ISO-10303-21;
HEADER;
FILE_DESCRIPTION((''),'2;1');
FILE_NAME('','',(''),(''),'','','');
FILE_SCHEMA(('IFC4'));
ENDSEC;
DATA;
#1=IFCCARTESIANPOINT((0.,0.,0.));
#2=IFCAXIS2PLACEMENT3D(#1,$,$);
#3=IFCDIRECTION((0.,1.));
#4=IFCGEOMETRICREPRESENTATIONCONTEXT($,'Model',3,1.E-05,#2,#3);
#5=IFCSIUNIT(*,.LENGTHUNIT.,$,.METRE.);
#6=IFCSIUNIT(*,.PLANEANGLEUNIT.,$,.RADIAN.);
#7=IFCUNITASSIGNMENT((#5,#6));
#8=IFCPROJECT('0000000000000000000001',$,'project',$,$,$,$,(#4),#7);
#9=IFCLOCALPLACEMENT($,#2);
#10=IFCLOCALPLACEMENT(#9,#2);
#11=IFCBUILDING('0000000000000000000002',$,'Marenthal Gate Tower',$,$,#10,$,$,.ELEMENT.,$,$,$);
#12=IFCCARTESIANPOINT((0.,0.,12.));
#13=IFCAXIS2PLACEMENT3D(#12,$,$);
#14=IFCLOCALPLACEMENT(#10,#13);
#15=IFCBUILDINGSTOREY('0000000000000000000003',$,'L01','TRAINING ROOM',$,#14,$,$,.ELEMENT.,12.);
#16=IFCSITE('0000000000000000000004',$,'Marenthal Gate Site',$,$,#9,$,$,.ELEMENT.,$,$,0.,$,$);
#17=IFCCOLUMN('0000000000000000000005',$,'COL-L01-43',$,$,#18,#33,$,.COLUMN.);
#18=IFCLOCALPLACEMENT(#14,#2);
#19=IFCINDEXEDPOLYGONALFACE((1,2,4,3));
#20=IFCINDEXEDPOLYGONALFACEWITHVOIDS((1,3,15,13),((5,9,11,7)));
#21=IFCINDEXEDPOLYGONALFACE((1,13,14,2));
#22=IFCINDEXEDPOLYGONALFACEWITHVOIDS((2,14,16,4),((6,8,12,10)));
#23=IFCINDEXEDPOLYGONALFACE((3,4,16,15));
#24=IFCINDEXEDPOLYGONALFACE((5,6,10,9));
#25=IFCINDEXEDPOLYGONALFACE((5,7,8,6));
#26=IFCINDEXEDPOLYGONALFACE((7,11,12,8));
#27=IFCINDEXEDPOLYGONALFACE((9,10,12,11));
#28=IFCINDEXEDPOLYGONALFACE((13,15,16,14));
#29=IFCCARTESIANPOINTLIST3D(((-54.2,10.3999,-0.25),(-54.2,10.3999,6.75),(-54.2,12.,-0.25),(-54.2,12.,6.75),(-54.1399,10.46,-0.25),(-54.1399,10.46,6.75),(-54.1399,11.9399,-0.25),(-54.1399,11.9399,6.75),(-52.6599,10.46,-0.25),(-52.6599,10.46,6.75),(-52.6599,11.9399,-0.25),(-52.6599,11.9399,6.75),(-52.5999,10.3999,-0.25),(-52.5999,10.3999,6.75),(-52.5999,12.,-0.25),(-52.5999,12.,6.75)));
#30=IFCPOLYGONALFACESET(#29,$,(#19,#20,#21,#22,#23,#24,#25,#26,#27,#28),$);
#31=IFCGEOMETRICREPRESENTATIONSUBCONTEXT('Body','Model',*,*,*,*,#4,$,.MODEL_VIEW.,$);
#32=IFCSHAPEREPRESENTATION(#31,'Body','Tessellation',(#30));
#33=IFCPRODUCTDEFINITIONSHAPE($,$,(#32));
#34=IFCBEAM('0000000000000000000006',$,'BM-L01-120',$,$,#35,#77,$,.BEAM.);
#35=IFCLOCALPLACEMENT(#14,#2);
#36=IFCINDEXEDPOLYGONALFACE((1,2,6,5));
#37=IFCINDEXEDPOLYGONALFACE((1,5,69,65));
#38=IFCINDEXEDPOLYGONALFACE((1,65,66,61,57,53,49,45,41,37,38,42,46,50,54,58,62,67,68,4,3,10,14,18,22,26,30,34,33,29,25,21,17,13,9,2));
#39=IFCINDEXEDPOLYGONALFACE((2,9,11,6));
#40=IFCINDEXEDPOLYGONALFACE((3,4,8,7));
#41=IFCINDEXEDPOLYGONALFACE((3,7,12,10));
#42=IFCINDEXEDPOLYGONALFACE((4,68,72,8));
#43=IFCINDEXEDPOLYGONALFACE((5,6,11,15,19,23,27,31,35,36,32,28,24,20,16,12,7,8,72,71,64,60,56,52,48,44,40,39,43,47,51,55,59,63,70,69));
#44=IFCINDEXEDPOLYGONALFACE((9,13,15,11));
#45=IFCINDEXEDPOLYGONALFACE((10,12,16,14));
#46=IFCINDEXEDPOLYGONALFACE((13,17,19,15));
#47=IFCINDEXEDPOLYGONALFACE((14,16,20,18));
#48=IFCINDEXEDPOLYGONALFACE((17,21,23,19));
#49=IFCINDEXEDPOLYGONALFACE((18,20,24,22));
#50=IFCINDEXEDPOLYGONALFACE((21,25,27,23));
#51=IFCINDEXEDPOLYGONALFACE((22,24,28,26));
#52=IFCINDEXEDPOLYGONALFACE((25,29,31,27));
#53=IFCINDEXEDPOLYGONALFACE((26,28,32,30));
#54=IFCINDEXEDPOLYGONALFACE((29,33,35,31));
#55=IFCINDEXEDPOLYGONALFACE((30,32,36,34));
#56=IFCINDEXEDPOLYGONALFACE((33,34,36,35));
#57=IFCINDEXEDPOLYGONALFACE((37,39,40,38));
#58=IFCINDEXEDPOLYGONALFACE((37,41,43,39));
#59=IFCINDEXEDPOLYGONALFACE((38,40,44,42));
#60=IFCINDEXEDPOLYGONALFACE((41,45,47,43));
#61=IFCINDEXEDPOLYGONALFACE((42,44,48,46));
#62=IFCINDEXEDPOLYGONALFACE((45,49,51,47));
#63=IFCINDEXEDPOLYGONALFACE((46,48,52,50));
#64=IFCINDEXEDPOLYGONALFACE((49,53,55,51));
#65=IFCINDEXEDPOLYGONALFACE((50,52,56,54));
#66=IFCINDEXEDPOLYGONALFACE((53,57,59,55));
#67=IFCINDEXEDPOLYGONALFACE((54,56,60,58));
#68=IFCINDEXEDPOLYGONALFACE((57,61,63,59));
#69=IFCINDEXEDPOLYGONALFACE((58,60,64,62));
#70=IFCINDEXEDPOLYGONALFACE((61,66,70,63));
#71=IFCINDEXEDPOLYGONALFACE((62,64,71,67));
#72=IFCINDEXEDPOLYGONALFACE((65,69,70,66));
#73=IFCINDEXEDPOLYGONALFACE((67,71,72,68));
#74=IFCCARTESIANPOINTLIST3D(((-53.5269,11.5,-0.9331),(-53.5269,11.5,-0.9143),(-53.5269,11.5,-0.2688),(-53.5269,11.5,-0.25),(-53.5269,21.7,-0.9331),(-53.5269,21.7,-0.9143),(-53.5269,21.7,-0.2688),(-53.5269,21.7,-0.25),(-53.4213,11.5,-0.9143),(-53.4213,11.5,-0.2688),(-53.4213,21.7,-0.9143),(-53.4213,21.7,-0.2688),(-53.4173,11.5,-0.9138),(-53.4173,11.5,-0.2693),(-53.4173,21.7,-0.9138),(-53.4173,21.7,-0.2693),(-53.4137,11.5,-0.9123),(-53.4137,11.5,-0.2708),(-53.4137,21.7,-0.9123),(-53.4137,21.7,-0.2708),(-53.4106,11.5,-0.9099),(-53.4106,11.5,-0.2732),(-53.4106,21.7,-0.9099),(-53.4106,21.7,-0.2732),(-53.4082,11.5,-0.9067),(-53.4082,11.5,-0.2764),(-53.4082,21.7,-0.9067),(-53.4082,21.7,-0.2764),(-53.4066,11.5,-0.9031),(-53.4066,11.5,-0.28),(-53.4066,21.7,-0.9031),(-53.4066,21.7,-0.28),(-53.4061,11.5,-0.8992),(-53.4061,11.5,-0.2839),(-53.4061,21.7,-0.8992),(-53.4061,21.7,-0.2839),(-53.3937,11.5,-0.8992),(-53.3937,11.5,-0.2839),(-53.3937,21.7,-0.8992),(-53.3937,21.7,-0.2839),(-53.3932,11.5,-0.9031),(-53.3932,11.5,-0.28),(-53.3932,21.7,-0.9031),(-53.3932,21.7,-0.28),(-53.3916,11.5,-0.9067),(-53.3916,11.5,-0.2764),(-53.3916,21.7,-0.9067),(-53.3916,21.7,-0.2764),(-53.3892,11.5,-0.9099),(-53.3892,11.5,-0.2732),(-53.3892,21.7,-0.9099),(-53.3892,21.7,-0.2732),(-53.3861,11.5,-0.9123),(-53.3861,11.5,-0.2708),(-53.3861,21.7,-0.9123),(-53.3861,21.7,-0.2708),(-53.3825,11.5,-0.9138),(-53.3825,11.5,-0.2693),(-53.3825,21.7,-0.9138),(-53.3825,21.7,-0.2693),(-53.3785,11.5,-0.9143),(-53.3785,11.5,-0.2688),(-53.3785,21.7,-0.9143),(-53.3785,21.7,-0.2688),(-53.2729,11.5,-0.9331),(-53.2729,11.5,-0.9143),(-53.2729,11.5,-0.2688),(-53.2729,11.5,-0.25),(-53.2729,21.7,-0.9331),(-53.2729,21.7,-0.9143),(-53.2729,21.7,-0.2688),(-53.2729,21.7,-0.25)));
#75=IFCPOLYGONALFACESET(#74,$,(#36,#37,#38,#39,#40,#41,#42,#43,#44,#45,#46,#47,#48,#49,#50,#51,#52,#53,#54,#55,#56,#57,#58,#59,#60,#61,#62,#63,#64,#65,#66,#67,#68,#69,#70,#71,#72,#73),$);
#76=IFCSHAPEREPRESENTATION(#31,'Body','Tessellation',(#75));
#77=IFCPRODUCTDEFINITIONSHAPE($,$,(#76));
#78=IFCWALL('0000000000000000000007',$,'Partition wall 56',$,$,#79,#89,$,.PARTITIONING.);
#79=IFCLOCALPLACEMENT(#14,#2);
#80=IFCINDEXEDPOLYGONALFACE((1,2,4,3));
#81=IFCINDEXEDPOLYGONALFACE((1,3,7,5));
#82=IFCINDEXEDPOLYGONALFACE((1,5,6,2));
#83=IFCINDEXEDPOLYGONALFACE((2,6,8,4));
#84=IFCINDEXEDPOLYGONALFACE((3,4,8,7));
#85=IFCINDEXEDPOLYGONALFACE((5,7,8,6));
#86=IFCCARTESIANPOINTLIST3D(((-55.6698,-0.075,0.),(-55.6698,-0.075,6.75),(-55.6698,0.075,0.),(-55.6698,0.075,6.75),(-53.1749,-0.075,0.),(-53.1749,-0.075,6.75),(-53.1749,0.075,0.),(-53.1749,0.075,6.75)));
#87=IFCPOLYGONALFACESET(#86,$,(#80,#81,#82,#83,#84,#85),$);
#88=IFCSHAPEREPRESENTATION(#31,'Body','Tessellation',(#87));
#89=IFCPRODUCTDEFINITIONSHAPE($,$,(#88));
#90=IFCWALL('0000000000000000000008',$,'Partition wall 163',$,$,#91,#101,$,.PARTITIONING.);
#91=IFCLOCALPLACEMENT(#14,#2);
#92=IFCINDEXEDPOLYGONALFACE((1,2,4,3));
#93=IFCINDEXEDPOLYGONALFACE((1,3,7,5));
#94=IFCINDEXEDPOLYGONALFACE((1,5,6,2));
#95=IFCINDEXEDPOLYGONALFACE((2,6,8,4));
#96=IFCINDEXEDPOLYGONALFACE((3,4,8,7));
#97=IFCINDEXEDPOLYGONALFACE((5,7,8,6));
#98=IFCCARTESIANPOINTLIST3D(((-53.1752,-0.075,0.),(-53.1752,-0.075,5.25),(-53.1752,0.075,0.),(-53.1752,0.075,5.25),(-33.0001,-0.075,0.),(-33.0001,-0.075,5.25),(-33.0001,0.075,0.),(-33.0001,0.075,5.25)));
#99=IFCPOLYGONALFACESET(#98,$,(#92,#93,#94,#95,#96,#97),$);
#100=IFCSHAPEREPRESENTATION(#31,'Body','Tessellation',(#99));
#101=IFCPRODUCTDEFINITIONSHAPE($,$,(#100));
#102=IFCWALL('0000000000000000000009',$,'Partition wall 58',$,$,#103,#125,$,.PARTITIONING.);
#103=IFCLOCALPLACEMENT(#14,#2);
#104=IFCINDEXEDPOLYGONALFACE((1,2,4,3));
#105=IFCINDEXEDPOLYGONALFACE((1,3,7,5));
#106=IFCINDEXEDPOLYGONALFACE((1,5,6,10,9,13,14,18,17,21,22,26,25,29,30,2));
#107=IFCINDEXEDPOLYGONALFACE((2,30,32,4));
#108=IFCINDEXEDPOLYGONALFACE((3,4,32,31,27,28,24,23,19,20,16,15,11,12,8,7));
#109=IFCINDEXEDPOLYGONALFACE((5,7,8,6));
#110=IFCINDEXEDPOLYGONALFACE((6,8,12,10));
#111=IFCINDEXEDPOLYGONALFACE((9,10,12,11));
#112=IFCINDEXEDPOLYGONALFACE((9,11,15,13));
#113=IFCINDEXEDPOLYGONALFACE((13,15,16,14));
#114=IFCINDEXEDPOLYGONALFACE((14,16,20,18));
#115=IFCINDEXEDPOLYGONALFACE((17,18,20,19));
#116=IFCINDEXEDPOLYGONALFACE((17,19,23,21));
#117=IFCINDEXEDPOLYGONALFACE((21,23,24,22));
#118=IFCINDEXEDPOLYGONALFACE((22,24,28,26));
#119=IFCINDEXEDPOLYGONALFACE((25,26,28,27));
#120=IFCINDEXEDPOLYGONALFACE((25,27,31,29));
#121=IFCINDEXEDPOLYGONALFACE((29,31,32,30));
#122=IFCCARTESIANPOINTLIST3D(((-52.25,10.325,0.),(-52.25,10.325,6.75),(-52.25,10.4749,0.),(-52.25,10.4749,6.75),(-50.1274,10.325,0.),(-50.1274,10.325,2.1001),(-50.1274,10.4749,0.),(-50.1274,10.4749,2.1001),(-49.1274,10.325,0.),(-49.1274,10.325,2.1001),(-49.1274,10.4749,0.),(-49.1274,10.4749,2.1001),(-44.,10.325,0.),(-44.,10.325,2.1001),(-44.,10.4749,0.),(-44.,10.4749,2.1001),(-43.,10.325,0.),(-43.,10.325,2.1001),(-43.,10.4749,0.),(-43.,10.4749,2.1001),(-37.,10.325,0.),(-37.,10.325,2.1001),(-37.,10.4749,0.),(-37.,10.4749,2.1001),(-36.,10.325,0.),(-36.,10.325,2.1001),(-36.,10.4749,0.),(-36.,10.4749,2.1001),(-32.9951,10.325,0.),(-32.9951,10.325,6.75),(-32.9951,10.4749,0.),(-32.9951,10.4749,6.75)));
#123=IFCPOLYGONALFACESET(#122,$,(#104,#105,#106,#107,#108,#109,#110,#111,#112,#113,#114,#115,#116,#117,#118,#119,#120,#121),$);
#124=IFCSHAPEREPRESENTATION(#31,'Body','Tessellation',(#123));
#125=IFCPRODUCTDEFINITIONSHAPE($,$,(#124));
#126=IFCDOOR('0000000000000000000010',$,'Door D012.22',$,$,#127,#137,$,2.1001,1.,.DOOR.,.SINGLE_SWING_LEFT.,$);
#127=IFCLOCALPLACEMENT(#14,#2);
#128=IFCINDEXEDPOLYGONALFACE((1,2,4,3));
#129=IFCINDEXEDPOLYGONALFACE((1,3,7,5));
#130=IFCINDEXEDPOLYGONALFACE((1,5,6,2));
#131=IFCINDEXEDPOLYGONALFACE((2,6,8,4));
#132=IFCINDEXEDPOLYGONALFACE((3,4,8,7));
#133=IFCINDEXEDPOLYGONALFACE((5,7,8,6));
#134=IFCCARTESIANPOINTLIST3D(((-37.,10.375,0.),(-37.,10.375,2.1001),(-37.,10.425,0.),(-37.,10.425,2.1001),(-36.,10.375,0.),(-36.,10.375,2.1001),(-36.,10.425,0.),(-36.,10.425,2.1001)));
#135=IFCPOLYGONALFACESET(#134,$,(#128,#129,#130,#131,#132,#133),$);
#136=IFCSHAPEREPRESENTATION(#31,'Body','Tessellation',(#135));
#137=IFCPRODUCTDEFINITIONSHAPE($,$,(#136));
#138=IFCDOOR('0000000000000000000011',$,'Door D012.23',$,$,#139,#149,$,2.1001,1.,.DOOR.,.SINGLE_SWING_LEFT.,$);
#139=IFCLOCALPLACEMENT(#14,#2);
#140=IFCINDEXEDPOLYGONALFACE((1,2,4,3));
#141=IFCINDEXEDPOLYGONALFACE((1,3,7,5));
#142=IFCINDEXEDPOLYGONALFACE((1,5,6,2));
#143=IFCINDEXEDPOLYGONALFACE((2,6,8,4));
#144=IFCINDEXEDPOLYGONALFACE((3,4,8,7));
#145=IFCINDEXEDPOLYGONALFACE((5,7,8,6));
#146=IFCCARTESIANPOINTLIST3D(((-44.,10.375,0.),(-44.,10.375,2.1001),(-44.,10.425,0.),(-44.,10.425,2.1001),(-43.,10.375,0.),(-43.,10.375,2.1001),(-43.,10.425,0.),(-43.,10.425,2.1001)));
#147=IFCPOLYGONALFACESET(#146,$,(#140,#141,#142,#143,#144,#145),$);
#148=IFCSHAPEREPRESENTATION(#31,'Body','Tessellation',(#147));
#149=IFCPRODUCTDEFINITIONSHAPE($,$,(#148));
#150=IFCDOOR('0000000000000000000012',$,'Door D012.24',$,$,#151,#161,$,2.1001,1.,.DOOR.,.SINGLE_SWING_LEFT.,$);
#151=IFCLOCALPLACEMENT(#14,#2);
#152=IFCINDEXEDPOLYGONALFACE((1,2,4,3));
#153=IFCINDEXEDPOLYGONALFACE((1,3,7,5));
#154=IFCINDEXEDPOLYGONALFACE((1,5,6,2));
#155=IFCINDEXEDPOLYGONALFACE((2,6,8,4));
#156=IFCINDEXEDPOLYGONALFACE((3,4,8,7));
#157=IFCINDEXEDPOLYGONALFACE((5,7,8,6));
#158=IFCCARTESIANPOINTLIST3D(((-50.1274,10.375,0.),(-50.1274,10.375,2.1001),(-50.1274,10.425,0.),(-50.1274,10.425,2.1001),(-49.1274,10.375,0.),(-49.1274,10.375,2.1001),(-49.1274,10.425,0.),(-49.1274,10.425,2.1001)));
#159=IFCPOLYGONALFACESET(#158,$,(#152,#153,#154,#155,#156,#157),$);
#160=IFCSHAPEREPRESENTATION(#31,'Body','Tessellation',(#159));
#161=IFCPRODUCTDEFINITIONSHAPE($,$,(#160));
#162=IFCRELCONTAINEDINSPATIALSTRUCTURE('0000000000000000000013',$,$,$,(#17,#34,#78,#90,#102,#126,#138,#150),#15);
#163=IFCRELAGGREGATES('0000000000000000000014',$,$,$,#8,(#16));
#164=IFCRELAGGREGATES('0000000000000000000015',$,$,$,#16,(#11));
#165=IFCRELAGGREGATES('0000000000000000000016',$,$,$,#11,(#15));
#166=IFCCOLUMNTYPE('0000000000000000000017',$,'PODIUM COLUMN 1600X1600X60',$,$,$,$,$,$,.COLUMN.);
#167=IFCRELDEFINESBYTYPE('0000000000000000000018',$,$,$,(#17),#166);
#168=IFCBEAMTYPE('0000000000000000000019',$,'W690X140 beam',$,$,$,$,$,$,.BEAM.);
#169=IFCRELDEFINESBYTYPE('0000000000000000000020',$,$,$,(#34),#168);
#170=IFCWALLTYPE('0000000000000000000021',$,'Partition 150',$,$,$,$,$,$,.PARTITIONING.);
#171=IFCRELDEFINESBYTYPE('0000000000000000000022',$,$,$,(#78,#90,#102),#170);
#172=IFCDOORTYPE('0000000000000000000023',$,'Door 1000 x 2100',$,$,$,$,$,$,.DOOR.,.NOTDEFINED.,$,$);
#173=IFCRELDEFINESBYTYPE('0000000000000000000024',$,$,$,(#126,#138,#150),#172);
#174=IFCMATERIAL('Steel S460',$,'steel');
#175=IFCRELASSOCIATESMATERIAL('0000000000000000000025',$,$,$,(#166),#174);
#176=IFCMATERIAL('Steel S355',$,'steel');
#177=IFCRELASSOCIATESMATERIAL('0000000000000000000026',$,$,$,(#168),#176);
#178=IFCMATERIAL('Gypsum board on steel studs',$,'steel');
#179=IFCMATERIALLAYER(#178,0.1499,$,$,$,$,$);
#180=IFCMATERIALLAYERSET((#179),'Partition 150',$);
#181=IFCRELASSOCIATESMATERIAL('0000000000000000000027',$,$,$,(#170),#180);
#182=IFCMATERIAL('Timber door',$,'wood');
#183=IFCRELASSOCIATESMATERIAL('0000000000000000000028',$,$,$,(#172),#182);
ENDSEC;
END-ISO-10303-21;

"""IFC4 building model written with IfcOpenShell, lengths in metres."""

from ifc_helpers import new_model, si_unit, direction, frame, frame_2d, origin, origin_2d, place, context, subcontext, project, spatial, rectangle, hollow_rectangle, i_section, extrude, material, layer, layer_set, material_profile, profile_set, type_object, element, fill, save


model = new_model("IFC4")

# Units and contexts
model_context = context("Model", 3, precision=1e-05, world=origin(), true_north=direction((0.0, 1.0)))
body_context = subcontext(model_context, "Body", "Model", "MODEL_VIEW")
ifc_project = project(units=[si_unit("LENGTHUNIT", "METRE"), si_unit("PLANEANGLEUNIT", "RADIAN")], contexts=[model_context])

# Site, building, storey
site_placement = place(None, origin())
site = spatial("IfcSite", under=ifc_project, at=site_placement, Name="Marenthal Gate Site", CompositionType="ELEMENT", RefElevation=0.0)
building_placement = place(site_placement, origin())
building = spatial("IfcBuilding", under=site, at=building_placement, Name="Marenthal Gate Tower", CompositionType="ELEMENT")
storey_placement = place(building_placement, frame((0.0, 0.0, 12.0)))
storey = spatial("IfcBuildingStorey", under=building, at=storey_placement, Name="L01", Description="TRAINING ROOM", CompositionType="ELEMENT", Elevation=12.0)

# Column
ifc_material_1 = material(Name="Steel S460", Category="steel")
ifc_material_profile_1 = material_profile(ifc_material_1, hollow_rectangle(XDim=1.6001, YDim=1.6001, WallThickness=0.0601, at=origin_2d()), Name="CFT BOX 1600X1600X60")
ifc_material_2 = material(Name="Concrete 70 MPa", Category="concrete")
ifc_material_profile_2 = material_profile(ifc_material_2, rectangle(XDim=1.48, YDim=1.48, at=origin_2d()), Name="CFT BOX 1600X1600X60 INFILL")
ifc_profile_set_1 = profile_set([ifc_material_profile_1, ifc_material_profile_2], Name="Steel S460 shell, Concrete 70 MPa infill")
column_type = type_object("IfcColumnType", Name="PODIUM COLUMN 1600X1600X60", PredefinedType="COLUMN", material=ifc_profile_set_1)
column_placement = place(storey_placement, frame((-53.3999, 11.2, -0.25), z_axis=(0.0, 0.0, 1.0), x_axis=(1.0, 0.0, 0.0)))
element("IfcColumn", 1, at=column_placement, inside=storey, type_object=column_type, Name="COL-L01-43", PredefinedType="COLUMN", context=body_context, shape_type="SweptSolid", body=[
    extrude(hollow_rectangle(XDim=1.6001, YDim=1.6001, WallThickness=0.0601, at=origin_2d()), origin(), (0.0, 0.0, 1.0), 7.0),
])

# Beam
ifc_material_3 = material(Name="Steel S355", Category="steel")
ifc_material_profile_3 = material_profile(ifc_material_3, i_section(OverallWidth=0.2539, OverallDepth=0.6831, WebThickness=0.0125, FlangeThickness=0.0188, FilletRadius=0.0151, at=origin_2d()), Name="W690X140")
ifc_profile_set_2 = profile_set([ifc_material_profile_3], Name="Steel S355")
beam_type = type_object("IfcBeamType", Name="W690X140 beam", PredefinedType="BEAM", material=ifc_profile_set_2)
beam_placement = place(storey_placement, frame((-53.3999, 11.5, -0.5916), z_axis=(0.0, 1.0, 0.0), x_axis=(-1.0, 0.0, 0.0)))
element("IfcBeam", 2, at=beam_placement, inside=storey, type_object=beam_type, Name="BM-L01-120", PredefinedType="BEAM", context=body_context, shape_type="SweptSolid", body=[
    extrude(i_section(OverallWidth=0.2539, OverallDepth=0.6831, WebThickness=0.0125, FlangeThickness=0.0188, FilletRadius=0.0151, at=origin_2d()), origin(), (0.0, 0.0, 1.0), 10.2),
])

# Walls
ifc_material_4 = material(Name="Gypsum board on steel studs", Category="steel")
ifc_layer_1 = layer(ifc_material_4, 0.1499)
ifc_layer_set_1 = layer_set([ifc_layer_1], Name="Partition 150")
wall_type_1 = type_object("IfcWallType", Name="Partition 150", PredefinedType="PARTITIONING", material=ifc_layer_set_1)
wall_1_placement = place(storey_placement, frame((-55.6699, 0.0, 0.0), z_axis=(0.0, 0.0, 1.0), x_axis=(1.0, 0.0, 0.0)))
element("IfcWall", 3, at=wall_1_placement, inside=storey, type_object=wall_type_1, Name="Partition wall 56", PredefinedType="PARTITIONING", context=body_context, shape_type="SweptSolid", body=[
    extrude(rectangle(XDim=2.4949, YDim=0.1499, at=frame_2d((1.2476, 0.0))), origin(), (0.0, 0.0, 1.0), 6.75),
])
wall_2_placement = place(storey_placement, frame((-53.175, 0.0, 0.0), z_axis=(0.0, 0.0, 1.0), x_axis=(1.0, 0.0, 0.0)))
element("IfcWall", 4, at=wall_2_placement, inside=storey, type_object=wall_type_1, Name="Partition wall 163", PredefinedType="PARTITIONING", context=body_context, shape_type="SweptSolid", body=[
    extrude(rectangle(XDim=20.175, YDim=0.1499, at=frame_2d((10.0874, 0.0))), origin(), (0.0, 0.0, 1.0), 5.25),
])

# Wall, openings, doors
wall_3_placement = place(storey_placement, frame((-52.25, 10.3999, 0.0), z_axis=(0.0, 0.0, 1.0), x_axis=(1.0, 0.0, 0.0)))
wall_3 = element("IfcWall", 5, at=wall_3_placement, inside=storey, type_object=wall_type_1, Name="Partition wall 58", PredefinedType="PARTITIONING", context=body_context, shape_type="SweptSolid", body=[
    extrude(rectangle(XDim=19.2549, YDim=0.1499, at=frame_2d((9.6274, 0.0))), origin(), (0.0, 0.0, 1.0), 6.75),
])
opening_1_placement = place(wall_3_placement, frame((15.25, 0.0, 0.0)))
opening_1 = element("IfcOpeningElement", 6, at=opening_1_placement, cuts=wall_3, PredefinedType="OPENING", context=body_context, shape_type="SweptSolid", body=[
    extrude(rectangle(XDim=1.0, YDim=2.1001, at=frame_2d((0.5, 1.05))), frame((0.0, 0.085, 0.0), z_axis=(0.0, -1.0, 0.0), x_axis=(1.0, 0.0, 0.0)), (0.0, 0.0, 1.0), 0.1699),
])
opening_2_placement = place(wall_3_placement, frame((8.25, 0.0, 0.0)))
opening_2 = element("IfcOpeningElement", 7, at=opening_2_placement, cuts=wall_3, PredefinedType="OPENING", context=body_context, shape_type="SweptSolid", body=[
    extrude(rectangle(XDim=1.0, YDim=2.1001, at=frame_2d((0.5, 1.05))), frame((0.0, 0.085, 0.0), z_axis=(0.0, -1.0, 0.0), x_axis=(1.0, 0.0, 0.0)), (0.0, 0.0, 1.0), 0.1699),
])
opening_3_placement = place(wall_3_placement, frame((2.1226, 0.0, 0.0)))
opening_3 = element("IfcOpeningElement", 8, at=opening_3_placement, cuts=wall_3, PredefinedType="OPENING", context=body_context, shape_type="SweptSolid", body=[
    extrude(rectangle(XDim=1.0, YDim=2.1001, at=frame_2d((0.5, 1.05))), frame((0.0, 0.085, 0.0), z_axis=(0.0, -1.0, 0.0), x_axis=(1.0, 0.0, 0.0)), (0.0, 0.0, 1.0), 0.1699),
])
ifc_material_5 = material(Name="Timber door", Category="wood")
door_type_1 = type_object("IfcDoorType", Name="Door 1000 x 2100", OperationType="NOTDEFINED", PredefinedType="DOOR", material=ifc_material_5)
door_1_placement = place(opening_1_placement, frame((1.0, 0.0, 0.0), z_axis=(0.0, 0.0, 1.0), x_axis=(-1.0, 0.0, 0.0)))
door_1 = element("IfcDoor", 9, at=door_1_placement, inside=storey, type_object=door_type_1, Name="Door D012.22", OperationType="SINGLE_SWING_LEFT", OverallHeight=2.1001, OverallWidth=1.0, PredefinedType="DOOR", context=body_context, shape_type="SweptSolid", body=[
    extrude(rectangle(XDim=1.0, YDim=2.1001, at=frame_2d((0.5, 1.05))), frame((0.0, 0.0249, 0.0), z_axis=(0.0, -1.0, 0.0), x_axis=(1.0, 0.0, 0.0)), (0.0, 0.0, 1.0), 0.05),
])
fill(opening_1, door_1)
door_2_placement = place(opening_2_placement, frame((1.0, 0.0, 0.0), z_axis=(0.0, 0.0, 1.0), x_axis=(-1.0, 0.0, 0.0)))
door_2 = element("IfcDoor", 10, at=door_2_placement, inside=storey, type_object=door_type_1, Name="Door D012.23", OperationType="SINGLE_SWING_LEFT", OverallHeight=2.1001, OverallWidth=1.0, PredefinedType="DOOR", context=body_context, shape_type="SweptSolid", body=[
    extrude(rectangle(XDim=1.0, YDim=2.1001, at=frame_2d((0.5, 1.05))), frame((0.0, 0.0249, 0.0), z_axis=(0.0, -1.0, 0.0), x_axis=(1.0, 0.0, 0.0)), (0.0, 0.0, 1.0), 0.05),
])
fill(opening_2, door_2)
door_3_placement = place(opening_3_placement, frame((1.0, 0.0, 0.0), z_axis=(0.0, 0.0, 1.0), x_axis=(-1.0, 0.0, 0.0)))
door_3 = element("IfcDoor", 11, at=door_3_placement, inside=storey, type_object=door_type_1, Name="Door D012.24", OperationType="SINGLE_SWING_LEFT", OverallHeight=2.1001, OverallWidth=1.0, PredefinedType="DOOR", context=body_context, shape_type="SweptSolid", body=[
    extrude(rectangle(XDim=1.0, YDim=2.1001, at=frame_2d((0.5, 1.05))), frame((0.0, 0.0249, 0.0), z_axis=(0.0, -1.0, 0.0), x_axis=(1.0, 0.0, 0.0)), (0.0, 0.0, 1.0), 0.05),
])
fill(opening_3, door_3)

save(model, "model.ifc")
